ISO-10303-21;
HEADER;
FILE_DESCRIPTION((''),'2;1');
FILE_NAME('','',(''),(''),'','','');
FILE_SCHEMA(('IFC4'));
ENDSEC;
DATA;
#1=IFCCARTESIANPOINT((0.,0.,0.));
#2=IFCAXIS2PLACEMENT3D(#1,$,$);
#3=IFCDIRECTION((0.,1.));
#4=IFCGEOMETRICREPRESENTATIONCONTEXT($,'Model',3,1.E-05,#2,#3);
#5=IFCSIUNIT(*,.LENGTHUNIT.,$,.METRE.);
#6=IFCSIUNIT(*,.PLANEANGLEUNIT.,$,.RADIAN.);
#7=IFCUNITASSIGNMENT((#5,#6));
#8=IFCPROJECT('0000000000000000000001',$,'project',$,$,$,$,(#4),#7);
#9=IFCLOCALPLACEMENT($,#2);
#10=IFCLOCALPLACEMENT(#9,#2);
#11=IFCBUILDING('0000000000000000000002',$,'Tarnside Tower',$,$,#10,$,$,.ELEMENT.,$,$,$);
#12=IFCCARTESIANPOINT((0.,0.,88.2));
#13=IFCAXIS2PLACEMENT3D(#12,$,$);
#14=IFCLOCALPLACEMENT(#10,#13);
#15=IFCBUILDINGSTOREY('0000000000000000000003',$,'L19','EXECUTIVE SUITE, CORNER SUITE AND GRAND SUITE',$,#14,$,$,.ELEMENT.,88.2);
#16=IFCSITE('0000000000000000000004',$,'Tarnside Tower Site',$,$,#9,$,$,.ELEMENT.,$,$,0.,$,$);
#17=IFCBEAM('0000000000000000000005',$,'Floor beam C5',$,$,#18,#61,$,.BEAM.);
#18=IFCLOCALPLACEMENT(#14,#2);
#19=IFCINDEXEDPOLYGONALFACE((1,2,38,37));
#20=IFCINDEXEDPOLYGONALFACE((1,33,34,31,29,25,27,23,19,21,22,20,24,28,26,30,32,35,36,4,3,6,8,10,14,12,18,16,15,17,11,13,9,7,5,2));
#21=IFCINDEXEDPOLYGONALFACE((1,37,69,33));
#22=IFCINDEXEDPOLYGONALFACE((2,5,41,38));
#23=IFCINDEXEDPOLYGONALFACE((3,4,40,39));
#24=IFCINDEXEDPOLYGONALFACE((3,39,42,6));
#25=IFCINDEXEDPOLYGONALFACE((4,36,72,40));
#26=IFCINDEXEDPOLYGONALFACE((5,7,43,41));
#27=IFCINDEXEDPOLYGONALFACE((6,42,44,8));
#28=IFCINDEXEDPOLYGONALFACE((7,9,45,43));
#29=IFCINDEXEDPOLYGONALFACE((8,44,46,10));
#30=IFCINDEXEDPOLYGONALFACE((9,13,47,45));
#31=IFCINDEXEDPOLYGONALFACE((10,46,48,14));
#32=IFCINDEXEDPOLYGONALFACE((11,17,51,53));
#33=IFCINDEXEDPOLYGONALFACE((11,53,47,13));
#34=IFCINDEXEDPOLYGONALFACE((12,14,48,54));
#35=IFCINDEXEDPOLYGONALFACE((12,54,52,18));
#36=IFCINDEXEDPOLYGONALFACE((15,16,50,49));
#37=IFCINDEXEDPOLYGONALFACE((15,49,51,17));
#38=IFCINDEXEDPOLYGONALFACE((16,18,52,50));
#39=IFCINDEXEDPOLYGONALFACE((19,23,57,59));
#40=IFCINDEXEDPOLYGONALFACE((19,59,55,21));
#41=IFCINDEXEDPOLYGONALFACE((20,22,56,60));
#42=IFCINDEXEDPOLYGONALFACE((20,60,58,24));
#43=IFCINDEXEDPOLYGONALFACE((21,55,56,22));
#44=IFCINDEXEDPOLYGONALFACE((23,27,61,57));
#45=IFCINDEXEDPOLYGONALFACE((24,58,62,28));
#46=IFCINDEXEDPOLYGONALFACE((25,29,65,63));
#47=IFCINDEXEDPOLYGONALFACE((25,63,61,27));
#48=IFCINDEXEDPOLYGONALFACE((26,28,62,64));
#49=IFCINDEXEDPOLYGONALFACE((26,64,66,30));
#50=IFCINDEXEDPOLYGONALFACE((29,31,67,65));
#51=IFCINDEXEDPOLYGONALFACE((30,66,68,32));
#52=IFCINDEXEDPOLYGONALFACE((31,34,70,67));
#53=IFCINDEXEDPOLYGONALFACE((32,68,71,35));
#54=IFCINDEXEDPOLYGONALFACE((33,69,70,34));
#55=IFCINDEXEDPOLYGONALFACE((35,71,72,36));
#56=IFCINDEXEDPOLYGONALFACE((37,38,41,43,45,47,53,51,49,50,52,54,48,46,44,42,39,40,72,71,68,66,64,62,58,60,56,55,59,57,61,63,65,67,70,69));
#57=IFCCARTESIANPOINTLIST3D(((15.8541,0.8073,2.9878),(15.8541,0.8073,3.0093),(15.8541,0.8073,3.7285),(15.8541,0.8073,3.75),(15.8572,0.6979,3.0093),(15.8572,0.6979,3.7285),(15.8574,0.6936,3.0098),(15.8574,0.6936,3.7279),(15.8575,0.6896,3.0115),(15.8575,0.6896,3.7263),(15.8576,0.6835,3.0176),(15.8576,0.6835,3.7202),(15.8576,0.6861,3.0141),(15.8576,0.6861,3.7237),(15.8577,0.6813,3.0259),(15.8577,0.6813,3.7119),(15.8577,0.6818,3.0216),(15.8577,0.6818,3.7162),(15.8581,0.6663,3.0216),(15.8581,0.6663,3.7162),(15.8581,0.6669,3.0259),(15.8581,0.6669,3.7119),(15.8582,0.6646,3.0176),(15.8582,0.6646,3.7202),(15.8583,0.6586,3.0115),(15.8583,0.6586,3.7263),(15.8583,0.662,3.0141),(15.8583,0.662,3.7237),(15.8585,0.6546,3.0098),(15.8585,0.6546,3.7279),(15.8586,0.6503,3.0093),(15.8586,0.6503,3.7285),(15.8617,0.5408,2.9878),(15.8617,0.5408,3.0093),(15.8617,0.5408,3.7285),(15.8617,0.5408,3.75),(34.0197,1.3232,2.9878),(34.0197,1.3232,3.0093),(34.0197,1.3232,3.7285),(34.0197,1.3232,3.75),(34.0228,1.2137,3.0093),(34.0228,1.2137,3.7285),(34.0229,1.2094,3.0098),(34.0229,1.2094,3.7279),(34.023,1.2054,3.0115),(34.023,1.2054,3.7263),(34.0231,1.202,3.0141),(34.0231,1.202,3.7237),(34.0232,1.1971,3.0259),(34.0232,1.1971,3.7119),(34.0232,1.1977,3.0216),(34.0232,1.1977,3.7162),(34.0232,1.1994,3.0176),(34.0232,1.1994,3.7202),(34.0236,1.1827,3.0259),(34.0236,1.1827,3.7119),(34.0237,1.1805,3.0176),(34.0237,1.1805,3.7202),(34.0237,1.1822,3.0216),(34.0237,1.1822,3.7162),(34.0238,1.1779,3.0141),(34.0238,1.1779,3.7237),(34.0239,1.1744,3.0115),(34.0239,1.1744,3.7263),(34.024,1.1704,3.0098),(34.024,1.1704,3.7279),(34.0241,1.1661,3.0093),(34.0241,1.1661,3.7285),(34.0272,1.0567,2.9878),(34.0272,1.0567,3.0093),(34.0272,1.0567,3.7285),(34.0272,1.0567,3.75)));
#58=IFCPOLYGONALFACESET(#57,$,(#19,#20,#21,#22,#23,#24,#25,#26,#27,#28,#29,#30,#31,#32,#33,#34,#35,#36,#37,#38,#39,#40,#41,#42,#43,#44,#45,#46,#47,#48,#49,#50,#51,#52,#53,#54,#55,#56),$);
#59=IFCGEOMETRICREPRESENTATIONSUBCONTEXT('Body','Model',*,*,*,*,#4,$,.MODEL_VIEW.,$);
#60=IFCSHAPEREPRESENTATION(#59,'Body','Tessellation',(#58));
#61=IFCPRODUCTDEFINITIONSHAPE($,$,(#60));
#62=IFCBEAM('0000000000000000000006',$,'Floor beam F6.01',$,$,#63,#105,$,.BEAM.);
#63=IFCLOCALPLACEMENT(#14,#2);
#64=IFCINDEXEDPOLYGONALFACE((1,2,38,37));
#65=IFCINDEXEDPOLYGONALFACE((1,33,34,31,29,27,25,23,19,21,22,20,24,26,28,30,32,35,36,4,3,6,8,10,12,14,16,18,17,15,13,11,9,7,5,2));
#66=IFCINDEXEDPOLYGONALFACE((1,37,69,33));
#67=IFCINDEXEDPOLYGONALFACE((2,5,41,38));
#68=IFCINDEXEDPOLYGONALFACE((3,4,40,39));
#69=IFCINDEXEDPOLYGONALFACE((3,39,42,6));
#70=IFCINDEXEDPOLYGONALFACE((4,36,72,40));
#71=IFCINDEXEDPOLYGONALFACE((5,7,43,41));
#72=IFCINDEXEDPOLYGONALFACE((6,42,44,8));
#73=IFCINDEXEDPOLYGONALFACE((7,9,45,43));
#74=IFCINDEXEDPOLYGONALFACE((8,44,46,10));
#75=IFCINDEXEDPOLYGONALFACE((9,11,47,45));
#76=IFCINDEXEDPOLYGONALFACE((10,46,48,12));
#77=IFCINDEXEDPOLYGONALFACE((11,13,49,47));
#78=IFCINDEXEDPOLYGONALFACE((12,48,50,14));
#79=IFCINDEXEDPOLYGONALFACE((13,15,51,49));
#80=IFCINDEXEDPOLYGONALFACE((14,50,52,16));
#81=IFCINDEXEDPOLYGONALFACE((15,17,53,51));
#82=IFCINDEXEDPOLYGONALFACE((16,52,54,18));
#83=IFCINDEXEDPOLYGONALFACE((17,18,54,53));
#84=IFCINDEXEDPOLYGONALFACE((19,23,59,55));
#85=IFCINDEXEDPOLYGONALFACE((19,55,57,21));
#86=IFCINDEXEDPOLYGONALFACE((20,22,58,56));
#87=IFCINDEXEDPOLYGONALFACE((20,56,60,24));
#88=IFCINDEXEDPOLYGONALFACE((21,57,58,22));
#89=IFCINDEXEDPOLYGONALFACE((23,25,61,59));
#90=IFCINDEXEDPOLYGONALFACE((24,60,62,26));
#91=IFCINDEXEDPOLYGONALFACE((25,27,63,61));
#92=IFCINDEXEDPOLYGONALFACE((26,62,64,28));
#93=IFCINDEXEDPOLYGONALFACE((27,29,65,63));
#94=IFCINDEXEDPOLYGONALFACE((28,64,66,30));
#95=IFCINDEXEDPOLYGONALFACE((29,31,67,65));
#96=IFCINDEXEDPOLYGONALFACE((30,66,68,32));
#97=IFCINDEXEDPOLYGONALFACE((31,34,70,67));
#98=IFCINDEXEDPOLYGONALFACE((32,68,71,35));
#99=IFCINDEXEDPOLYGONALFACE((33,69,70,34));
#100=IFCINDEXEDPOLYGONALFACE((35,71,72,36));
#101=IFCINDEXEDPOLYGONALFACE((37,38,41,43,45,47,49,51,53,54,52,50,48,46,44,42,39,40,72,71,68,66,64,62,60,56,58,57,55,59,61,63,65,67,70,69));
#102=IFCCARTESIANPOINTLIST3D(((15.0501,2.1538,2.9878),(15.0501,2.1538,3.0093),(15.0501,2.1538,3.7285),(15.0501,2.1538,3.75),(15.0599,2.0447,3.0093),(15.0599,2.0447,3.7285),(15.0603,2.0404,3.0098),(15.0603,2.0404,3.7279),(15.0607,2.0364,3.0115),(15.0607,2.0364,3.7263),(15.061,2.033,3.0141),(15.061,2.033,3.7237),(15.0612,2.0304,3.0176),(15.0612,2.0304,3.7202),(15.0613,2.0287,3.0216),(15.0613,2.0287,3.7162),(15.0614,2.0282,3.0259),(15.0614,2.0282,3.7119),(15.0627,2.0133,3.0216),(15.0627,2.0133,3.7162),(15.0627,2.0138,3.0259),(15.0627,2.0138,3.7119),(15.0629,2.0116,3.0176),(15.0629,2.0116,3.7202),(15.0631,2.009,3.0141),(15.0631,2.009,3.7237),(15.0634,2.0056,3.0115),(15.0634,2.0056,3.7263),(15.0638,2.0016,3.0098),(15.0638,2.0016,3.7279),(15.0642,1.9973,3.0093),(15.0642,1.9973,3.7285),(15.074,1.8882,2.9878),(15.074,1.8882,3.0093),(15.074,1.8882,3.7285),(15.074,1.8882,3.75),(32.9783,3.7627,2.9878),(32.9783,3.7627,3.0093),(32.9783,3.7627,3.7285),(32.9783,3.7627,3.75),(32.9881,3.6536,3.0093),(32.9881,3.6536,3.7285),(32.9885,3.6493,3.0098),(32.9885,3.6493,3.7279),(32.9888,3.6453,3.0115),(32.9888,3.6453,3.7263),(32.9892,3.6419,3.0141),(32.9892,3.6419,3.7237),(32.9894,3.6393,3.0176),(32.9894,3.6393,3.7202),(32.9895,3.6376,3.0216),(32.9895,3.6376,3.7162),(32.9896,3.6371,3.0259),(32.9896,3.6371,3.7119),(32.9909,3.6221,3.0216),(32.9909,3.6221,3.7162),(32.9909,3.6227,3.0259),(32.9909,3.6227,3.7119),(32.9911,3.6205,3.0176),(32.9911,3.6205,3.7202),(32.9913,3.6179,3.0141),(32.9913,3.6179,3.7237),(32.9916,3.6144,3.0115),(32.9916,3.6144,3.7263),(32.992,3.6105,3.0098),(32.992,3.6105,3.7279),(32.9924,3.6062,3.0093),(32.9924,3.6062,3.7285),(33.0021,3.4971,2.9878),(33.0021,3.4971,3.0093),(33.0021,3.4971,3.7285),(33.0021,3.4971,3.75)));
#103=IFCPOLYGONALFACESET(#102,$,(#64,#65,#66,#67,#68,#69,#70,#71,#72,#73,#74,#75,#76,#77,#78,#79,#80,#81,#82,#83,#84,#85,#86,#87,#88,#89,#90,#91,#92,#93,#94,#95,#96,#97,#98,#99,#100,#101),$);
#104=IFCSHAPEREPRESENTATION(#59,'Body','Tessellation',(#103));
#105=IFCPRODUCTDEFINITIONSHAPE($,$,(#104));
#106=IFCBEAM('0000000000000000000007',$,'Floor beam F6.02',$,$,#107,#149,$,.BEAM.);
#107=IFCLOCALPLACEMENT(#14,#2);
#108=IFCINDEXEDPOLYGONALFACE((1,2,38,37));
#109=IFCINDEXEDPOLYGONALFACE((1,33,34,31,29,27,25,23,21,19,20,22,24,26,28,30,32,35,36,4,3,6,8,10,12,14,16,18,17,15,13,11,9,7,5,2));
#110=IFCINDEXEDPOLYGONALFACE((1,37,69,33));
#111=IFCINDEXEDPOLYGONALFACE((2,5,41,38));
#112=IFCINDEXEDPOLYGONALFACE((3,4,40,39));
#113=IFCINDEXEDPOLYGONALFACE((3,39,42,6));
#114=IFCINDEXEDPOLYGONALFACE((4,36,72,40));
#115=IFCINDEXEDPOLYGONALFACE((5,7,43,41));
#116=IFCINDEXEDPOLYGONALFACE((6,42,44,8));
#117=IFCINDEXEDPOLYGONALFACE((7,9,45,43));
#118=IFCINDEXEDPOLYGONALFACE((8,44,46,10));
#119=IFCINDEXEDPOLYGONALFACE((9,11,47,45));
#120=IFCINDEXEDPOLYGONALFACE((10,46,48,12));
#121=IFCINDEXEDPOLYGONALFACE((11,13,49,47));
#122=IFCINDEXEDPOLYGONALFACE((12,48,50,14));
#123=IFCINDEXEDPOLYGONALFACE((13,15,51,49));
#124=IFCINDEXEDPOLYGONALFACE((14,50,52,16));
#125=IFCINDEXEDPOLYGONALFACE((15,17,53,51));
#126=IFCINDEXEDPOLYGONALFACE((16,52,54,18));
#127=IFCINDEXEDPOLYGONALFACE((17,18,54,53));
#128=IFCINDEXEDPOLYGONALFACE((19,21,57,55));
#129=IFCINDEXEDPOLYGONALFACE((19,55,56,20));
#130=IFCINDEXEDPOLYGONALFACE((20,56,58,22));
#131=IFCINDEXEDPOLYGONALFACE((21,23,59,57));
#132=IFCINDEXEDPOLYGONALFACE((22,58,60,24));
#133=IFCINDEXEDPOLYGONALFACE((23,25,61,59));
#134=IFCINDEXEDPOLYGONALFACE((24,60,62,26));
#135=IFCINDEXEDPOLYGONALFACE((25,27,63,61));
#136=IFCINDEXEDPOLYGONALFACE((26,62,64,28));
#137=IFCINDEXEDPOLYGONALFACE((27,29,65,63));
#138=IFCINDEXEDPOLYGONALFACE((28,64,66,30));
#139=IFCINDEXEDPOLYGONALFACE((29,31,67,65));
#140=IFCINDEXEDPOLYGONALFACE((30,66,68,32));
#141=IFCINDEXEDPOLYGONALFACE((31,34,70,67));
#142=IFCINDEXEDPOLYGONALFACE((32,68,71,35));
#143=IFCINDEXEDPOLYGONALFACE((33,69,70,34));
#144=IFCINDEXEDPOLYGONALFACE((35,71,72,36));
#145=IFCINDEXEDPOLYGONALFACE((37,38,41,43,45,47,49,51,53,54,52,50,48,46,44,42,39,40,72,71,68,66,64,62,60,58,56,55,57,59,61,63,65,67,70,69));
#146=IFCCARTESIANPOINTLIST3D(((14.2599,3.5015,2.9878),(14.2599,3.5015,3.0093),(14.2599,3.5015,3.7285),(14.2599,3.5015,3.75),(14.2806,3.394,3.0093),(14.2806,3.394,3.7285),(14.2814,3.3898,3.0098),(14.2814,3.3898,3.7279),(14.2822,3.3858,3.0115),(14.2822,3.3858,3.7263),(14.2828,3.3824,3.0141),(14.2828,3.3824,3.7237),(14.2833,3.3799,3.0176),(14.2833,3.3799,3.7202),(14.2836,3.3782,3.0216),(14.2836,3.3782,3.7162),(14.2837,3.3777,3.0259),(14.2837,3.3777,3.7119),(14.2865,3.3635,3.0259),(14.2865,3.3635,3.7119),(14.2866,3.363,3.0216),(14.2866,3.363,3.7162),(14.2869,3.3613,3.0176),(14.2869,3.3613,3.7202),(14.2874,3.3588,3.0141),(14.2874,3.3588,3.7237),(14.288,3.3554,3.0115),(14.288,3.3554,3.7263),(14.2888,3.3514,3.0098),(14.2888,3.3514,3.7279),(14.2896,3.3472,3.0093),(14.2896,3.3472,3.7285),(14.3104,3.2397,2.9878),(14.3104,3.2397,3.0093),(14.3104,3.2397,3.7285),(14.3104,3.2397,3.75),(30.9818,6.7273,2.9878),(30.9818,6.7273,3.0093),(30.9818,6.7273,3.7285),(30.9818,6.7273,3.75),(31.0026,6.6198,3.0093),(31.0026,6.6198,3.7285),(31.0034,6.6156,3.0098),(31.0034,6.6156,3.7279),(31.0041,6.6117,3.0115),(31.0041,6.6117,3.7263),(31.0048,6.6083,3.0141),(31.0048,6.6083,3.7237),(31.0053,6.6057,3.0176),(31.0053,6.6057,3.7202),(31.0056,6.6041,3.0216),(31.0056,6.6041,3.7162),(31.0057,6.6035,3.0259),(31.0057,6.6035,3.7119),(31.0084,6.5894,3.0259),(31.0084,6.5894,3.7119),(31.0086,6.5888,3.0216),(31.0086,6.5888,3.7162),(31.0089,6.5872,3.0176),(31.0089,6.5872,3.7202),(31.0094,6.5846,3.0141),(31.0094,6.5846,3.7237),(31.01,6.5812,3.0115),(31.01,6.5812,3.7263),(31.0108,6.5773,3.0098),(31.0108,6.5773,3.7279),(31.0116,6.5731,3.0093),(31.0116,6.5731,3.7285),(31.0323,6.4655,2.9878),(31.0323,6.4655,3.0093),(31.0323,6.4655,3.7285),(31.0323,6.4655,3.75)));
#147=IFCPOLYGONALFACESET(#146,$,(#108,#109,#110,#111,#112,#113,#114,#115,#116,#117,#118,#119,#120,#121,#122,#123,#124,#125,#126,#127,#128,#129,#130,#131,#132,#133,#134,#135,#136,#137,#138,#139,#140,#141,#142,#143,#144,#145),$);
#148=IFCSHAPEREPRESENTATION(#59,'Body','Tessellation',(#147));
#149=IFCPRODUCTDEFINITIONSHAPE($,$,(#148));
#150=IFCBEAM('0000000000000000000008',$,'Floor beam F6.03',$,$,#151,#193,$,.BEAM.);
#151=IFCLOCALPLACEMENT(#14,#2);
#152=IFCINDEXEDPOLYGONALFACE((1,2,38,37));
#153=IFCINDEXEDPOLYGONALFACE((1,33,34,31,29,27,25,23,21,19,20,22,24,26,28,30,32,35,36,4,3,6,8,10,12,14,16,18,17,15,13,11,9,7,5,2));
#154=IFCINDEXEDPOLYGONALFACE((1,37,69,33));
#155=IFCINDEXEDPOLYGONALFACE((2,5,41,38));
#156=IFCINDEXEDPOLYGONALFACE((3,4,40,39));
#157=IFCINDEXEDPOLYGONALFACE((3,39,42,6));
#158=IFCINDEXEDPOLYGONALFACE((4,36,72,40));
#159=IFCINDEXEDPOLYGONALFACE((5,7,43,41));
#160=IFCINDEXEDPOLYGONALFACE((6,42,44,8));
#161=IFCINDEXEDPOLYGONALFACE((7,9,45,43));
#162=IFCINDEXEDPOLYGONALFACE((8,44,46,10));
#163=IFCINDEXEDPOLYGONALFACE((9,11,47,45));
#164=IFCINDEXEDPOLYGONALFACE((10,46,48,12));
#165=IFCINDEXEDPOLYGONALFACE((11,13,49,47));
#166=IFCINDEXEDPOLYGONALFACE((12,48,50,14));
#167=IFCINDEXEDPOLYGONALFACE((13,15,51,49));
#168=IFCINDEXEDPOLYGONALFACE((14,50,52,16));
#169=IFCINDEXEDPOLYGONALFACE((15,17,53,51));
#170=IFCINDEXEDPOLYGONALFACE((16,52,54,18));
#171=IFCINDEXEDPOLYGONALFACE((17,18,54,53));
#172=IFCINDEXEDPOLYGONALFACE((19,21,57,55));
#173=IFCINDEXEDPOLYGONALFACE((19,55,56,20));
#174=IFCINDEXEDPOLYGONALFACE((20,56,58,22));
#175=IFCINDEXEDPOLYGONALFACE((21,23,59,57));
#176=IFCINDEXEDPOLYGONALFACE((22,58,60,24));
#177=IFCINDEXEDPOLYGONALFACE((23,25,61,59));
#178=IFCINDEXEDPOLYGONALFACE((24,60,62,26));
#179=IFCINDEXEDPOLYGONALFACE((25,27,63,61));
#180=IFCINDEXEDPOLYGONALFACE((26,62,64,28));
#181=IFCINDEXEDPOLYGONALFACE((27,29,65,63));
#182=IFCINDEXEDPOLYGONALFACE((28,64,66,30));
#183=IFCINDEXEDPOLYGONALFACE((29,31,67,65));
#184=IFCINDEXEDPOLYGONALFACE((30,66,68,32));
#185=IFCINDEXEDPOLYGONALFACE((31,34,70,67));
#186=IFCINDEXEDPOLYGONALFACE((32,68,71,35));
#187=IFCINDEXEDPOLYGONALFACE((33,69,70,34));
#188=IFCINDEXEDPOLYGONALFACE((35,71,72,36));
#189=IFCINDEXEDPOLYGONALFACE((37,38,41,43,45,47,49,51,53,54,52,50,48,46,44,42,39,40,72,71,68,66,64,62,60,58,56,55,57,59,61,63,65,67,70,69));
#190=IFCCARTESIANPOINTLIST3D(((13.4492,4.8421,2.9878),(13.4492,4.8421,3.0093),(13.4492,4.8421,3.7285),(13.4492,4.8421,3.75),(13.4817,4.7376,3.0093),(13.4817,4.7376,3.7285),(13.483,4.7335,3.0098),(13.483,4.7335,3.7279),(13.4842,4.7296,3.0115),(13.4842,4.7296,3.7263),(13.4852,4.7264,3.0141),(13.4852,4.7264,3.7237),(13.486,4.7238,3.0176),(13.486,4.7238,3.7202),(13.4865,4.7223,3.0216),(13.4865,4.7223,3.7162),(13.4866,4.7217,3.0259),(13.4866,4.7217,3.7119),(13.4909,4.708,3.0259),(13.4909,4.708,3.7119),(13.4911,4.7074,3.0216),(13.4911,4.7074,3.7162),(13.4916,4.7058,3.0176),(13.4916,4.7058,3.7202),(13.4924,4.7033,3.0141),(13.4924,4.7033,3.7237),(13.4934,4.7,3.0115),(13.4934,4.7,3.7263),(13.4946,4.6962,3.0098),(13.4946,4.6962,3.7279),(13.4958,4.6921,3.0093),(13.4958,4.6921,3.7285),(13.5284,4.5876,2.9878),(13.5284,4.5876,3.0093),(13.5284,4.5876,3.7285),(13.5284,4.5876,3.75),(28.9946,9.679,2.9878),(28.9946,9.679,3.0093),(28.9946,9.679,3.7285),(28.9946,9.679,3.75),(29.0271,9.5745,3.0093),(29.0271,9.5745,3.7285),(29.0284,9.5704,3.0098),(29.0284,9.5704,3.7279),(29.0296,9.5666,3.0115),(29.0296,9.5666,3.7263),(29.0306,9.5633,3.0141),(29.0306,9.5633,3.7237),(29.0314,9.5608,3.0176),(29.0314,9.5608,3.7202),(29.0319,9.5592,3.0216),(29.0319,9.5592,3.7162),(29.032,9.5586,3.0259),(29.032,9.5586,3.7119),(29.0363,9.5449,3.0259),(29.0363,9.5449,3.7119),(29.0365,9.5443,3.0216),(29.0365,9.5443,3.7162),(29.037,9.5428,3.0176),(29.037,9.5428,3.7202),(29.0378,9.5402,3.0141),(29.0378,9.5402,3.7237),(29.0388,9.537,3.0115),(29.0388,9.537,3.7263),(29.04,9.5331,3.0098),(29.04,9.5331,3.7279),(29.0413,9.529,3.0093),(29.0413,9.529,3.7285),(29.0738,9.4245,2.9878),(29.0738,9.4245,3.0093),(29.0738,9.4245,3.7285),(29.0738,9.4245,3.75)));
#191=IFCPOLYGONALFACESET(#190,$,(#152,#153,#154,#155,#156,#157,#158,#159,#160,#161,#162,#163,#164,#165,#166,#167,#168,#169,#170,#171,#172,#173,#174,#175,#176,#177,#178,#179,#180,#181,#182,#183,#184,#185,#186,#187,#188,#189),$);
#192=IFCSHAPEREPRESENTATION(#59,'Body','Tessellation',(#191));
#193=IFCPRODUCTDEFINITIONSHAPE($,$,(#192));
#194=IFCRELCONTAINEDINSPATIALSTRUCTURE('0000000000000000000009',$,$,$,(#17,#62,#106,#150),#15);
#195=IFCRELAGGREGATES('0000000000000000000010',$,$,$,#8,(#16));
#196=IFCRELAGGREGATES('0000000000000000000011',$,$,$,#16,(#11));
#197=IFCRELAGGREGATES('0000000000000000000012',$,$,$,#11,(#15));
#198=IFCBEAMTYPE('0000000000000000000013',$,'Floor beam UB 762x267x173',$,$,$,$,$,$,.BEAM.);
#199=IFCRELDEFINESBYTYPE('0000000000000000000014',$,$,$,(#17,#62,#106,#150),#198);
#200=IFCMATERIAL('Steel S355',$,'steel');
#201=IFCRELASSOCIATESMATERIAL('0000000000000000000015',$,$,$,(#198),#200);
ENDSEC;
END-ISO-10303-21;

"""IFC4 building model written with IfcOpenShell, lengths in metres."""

from ifc_helpers import new_model, si_unit, direction, frame, origin, origin_2d, place, context, subcontext, project, spatial, i_section, extrude, material, material_profile, profile_set, type_object, element, save


model = new_model("IFC4")

# Units and contexts
model_context = context("Model", 3, precision=1e-05, world=origin(), true_north=direction((0.0, 1.0)))
body_context = subcontext(model_context, "Body", "Model", "MODEL_VIEW")
ifc_project = project(units=[si_unit("LENGTHUNIT", "METRE"), si_unit("PLANEANGLEUNIT", "RADIAN")], contexts=[model_context])

# Site, building, storey
site_placement = place(None, origin())
site = spatial("IfcSite", under=ifc_project, at=site_placement, Name="Tarnside Tower Site", CompositionType="ELEMENT", RefElevation=0.0)
building_placement = place(site_placement, origin())
building = spatial("IfcBuilding", under=site, at=building_placement, Name="Tarnside Tower", CompositionType="ELEMENT")
storey_placement = place(building_placement, frame((0.0, 0.0, 88.2)))
storey = spatial("IfcBuildingStorey", under=building, at=storey_placement, Name="L19", Description="EXECUTIVE SUITE, CORNER SUITE AND GRAND SUITE", CompositionType="ELEMENT", Elevation=88.2)

# Beams
ifc_material_1 = material(Name="Steel S355", Category="steel")
ifc_material_profile = material_profile(ifc_material_1, i_section(OverallWidth=0.2666, OverallDepth=0.7622, WebThickness=0.0144, FlangeThickness=0.0215, FilletRadius=0.0166, at=origin_2d()), Name="UB 762x267x173")
ifc_profile_set = profile_set([ifc_material_profile], Name="Steel S355")
beam_type = type_object("IfcBeamType", Name="Floor beam UB 762x267x173", PredefinedType="BEAM", material=ifc_profile_set)
beam_1_placement = place(storey_placement, frame((34.0234, 1.1899, 3.3689), z_axis=(-0.999597, -0.028387, 0.0), x_axis=(0.028387, -0.999597, 0.0)))
element("IfcBeam", 1, at=beam_1_placement, inside=storey, type_object=beam_type, Name="Floor beam C5", PredefinedType="BEAM", context=body_context, shape_type="SweptSolid", body=[
    extrude(i_section(OverallWidth=0.2666, OverallDepth=0.7622, WebThickness=0.0144, FlangeThickness=0.0215, FilletRadius=0.0166, at=origin_2d()), origin(), (0.0, 0.0, 1.0), 18.1729),
])
beam_2_placement = place(storey_placement, frame((32.9902, 3.6299, 3.3689), z_axis=(-0.995997, -0.089381, 0.0), x_axis=(0.089381, -0.995997, 0.0)))
element("IfcBeam", 2, at=beam_2_placement, inside=storey, type_object=beam_type, Name="Floor beam F6.01", PredefinedType="BEAM", context=body_context, shape_type="SweptSolid", body=[
    extrude(i_section(OverallWidth=0.2666, OverallDepth=0.7622, WebThickness=0.0144, FlangeThickness=0.0215, FilletRadius=0.0166, at=origin_2d()), origin(), (0.0, 0.0, 1.0), 18.0002),
])
beam_3_placement = place(storey_placement, frame((31.0071, 6.5964, 3.3689), z_axis=(-0.981897, -0.189418, 0.0), x_axis=(0.189418, -0.981897, 0.0)))
element("IfcBeam", 3, at=beam_3_placement, inside=storey, type_object=beam_type, Name="Floor beam F6.02", PredefinedType="BEAM", context=body_context, shape_type="SweptSolid", body=[
    extrude(i_section(OverallWidth=0.2666, OverallDepth=0.7622, WebThickness=0.0144, FlangeThickness=0.0215, FilletRadius=0.0166, at=origin_2d()), origin(), (0.0, 0.0, 1.0), 17.0303),
])
beam_4_placement = place(storey_placement, frame((29.0342, 9.5518, 3.3689), z_axis=(-0.954847, -0.297098, 0.0), x_axis=(0.297098, -0.954847, 0.0)))
element("IfcBeam", 4, at=beam_4_placement, inside=storey, type_object=beam_type, Name="Floor beam F6.03", PredefinedType="BEAM", context=body_context, shape_type="SweptSolid", body=[
    extrude(i_section(OverallWidth=0.2666, OverallDepth=0.7622, WebThickness=0.0144, FlangeThickness=0.0215, FilletRadius=0.0166, at=origin_2d()), origin(), (0.0, 0.0, 1.0), 16.2805),
])

save(model, "model.ifc")
